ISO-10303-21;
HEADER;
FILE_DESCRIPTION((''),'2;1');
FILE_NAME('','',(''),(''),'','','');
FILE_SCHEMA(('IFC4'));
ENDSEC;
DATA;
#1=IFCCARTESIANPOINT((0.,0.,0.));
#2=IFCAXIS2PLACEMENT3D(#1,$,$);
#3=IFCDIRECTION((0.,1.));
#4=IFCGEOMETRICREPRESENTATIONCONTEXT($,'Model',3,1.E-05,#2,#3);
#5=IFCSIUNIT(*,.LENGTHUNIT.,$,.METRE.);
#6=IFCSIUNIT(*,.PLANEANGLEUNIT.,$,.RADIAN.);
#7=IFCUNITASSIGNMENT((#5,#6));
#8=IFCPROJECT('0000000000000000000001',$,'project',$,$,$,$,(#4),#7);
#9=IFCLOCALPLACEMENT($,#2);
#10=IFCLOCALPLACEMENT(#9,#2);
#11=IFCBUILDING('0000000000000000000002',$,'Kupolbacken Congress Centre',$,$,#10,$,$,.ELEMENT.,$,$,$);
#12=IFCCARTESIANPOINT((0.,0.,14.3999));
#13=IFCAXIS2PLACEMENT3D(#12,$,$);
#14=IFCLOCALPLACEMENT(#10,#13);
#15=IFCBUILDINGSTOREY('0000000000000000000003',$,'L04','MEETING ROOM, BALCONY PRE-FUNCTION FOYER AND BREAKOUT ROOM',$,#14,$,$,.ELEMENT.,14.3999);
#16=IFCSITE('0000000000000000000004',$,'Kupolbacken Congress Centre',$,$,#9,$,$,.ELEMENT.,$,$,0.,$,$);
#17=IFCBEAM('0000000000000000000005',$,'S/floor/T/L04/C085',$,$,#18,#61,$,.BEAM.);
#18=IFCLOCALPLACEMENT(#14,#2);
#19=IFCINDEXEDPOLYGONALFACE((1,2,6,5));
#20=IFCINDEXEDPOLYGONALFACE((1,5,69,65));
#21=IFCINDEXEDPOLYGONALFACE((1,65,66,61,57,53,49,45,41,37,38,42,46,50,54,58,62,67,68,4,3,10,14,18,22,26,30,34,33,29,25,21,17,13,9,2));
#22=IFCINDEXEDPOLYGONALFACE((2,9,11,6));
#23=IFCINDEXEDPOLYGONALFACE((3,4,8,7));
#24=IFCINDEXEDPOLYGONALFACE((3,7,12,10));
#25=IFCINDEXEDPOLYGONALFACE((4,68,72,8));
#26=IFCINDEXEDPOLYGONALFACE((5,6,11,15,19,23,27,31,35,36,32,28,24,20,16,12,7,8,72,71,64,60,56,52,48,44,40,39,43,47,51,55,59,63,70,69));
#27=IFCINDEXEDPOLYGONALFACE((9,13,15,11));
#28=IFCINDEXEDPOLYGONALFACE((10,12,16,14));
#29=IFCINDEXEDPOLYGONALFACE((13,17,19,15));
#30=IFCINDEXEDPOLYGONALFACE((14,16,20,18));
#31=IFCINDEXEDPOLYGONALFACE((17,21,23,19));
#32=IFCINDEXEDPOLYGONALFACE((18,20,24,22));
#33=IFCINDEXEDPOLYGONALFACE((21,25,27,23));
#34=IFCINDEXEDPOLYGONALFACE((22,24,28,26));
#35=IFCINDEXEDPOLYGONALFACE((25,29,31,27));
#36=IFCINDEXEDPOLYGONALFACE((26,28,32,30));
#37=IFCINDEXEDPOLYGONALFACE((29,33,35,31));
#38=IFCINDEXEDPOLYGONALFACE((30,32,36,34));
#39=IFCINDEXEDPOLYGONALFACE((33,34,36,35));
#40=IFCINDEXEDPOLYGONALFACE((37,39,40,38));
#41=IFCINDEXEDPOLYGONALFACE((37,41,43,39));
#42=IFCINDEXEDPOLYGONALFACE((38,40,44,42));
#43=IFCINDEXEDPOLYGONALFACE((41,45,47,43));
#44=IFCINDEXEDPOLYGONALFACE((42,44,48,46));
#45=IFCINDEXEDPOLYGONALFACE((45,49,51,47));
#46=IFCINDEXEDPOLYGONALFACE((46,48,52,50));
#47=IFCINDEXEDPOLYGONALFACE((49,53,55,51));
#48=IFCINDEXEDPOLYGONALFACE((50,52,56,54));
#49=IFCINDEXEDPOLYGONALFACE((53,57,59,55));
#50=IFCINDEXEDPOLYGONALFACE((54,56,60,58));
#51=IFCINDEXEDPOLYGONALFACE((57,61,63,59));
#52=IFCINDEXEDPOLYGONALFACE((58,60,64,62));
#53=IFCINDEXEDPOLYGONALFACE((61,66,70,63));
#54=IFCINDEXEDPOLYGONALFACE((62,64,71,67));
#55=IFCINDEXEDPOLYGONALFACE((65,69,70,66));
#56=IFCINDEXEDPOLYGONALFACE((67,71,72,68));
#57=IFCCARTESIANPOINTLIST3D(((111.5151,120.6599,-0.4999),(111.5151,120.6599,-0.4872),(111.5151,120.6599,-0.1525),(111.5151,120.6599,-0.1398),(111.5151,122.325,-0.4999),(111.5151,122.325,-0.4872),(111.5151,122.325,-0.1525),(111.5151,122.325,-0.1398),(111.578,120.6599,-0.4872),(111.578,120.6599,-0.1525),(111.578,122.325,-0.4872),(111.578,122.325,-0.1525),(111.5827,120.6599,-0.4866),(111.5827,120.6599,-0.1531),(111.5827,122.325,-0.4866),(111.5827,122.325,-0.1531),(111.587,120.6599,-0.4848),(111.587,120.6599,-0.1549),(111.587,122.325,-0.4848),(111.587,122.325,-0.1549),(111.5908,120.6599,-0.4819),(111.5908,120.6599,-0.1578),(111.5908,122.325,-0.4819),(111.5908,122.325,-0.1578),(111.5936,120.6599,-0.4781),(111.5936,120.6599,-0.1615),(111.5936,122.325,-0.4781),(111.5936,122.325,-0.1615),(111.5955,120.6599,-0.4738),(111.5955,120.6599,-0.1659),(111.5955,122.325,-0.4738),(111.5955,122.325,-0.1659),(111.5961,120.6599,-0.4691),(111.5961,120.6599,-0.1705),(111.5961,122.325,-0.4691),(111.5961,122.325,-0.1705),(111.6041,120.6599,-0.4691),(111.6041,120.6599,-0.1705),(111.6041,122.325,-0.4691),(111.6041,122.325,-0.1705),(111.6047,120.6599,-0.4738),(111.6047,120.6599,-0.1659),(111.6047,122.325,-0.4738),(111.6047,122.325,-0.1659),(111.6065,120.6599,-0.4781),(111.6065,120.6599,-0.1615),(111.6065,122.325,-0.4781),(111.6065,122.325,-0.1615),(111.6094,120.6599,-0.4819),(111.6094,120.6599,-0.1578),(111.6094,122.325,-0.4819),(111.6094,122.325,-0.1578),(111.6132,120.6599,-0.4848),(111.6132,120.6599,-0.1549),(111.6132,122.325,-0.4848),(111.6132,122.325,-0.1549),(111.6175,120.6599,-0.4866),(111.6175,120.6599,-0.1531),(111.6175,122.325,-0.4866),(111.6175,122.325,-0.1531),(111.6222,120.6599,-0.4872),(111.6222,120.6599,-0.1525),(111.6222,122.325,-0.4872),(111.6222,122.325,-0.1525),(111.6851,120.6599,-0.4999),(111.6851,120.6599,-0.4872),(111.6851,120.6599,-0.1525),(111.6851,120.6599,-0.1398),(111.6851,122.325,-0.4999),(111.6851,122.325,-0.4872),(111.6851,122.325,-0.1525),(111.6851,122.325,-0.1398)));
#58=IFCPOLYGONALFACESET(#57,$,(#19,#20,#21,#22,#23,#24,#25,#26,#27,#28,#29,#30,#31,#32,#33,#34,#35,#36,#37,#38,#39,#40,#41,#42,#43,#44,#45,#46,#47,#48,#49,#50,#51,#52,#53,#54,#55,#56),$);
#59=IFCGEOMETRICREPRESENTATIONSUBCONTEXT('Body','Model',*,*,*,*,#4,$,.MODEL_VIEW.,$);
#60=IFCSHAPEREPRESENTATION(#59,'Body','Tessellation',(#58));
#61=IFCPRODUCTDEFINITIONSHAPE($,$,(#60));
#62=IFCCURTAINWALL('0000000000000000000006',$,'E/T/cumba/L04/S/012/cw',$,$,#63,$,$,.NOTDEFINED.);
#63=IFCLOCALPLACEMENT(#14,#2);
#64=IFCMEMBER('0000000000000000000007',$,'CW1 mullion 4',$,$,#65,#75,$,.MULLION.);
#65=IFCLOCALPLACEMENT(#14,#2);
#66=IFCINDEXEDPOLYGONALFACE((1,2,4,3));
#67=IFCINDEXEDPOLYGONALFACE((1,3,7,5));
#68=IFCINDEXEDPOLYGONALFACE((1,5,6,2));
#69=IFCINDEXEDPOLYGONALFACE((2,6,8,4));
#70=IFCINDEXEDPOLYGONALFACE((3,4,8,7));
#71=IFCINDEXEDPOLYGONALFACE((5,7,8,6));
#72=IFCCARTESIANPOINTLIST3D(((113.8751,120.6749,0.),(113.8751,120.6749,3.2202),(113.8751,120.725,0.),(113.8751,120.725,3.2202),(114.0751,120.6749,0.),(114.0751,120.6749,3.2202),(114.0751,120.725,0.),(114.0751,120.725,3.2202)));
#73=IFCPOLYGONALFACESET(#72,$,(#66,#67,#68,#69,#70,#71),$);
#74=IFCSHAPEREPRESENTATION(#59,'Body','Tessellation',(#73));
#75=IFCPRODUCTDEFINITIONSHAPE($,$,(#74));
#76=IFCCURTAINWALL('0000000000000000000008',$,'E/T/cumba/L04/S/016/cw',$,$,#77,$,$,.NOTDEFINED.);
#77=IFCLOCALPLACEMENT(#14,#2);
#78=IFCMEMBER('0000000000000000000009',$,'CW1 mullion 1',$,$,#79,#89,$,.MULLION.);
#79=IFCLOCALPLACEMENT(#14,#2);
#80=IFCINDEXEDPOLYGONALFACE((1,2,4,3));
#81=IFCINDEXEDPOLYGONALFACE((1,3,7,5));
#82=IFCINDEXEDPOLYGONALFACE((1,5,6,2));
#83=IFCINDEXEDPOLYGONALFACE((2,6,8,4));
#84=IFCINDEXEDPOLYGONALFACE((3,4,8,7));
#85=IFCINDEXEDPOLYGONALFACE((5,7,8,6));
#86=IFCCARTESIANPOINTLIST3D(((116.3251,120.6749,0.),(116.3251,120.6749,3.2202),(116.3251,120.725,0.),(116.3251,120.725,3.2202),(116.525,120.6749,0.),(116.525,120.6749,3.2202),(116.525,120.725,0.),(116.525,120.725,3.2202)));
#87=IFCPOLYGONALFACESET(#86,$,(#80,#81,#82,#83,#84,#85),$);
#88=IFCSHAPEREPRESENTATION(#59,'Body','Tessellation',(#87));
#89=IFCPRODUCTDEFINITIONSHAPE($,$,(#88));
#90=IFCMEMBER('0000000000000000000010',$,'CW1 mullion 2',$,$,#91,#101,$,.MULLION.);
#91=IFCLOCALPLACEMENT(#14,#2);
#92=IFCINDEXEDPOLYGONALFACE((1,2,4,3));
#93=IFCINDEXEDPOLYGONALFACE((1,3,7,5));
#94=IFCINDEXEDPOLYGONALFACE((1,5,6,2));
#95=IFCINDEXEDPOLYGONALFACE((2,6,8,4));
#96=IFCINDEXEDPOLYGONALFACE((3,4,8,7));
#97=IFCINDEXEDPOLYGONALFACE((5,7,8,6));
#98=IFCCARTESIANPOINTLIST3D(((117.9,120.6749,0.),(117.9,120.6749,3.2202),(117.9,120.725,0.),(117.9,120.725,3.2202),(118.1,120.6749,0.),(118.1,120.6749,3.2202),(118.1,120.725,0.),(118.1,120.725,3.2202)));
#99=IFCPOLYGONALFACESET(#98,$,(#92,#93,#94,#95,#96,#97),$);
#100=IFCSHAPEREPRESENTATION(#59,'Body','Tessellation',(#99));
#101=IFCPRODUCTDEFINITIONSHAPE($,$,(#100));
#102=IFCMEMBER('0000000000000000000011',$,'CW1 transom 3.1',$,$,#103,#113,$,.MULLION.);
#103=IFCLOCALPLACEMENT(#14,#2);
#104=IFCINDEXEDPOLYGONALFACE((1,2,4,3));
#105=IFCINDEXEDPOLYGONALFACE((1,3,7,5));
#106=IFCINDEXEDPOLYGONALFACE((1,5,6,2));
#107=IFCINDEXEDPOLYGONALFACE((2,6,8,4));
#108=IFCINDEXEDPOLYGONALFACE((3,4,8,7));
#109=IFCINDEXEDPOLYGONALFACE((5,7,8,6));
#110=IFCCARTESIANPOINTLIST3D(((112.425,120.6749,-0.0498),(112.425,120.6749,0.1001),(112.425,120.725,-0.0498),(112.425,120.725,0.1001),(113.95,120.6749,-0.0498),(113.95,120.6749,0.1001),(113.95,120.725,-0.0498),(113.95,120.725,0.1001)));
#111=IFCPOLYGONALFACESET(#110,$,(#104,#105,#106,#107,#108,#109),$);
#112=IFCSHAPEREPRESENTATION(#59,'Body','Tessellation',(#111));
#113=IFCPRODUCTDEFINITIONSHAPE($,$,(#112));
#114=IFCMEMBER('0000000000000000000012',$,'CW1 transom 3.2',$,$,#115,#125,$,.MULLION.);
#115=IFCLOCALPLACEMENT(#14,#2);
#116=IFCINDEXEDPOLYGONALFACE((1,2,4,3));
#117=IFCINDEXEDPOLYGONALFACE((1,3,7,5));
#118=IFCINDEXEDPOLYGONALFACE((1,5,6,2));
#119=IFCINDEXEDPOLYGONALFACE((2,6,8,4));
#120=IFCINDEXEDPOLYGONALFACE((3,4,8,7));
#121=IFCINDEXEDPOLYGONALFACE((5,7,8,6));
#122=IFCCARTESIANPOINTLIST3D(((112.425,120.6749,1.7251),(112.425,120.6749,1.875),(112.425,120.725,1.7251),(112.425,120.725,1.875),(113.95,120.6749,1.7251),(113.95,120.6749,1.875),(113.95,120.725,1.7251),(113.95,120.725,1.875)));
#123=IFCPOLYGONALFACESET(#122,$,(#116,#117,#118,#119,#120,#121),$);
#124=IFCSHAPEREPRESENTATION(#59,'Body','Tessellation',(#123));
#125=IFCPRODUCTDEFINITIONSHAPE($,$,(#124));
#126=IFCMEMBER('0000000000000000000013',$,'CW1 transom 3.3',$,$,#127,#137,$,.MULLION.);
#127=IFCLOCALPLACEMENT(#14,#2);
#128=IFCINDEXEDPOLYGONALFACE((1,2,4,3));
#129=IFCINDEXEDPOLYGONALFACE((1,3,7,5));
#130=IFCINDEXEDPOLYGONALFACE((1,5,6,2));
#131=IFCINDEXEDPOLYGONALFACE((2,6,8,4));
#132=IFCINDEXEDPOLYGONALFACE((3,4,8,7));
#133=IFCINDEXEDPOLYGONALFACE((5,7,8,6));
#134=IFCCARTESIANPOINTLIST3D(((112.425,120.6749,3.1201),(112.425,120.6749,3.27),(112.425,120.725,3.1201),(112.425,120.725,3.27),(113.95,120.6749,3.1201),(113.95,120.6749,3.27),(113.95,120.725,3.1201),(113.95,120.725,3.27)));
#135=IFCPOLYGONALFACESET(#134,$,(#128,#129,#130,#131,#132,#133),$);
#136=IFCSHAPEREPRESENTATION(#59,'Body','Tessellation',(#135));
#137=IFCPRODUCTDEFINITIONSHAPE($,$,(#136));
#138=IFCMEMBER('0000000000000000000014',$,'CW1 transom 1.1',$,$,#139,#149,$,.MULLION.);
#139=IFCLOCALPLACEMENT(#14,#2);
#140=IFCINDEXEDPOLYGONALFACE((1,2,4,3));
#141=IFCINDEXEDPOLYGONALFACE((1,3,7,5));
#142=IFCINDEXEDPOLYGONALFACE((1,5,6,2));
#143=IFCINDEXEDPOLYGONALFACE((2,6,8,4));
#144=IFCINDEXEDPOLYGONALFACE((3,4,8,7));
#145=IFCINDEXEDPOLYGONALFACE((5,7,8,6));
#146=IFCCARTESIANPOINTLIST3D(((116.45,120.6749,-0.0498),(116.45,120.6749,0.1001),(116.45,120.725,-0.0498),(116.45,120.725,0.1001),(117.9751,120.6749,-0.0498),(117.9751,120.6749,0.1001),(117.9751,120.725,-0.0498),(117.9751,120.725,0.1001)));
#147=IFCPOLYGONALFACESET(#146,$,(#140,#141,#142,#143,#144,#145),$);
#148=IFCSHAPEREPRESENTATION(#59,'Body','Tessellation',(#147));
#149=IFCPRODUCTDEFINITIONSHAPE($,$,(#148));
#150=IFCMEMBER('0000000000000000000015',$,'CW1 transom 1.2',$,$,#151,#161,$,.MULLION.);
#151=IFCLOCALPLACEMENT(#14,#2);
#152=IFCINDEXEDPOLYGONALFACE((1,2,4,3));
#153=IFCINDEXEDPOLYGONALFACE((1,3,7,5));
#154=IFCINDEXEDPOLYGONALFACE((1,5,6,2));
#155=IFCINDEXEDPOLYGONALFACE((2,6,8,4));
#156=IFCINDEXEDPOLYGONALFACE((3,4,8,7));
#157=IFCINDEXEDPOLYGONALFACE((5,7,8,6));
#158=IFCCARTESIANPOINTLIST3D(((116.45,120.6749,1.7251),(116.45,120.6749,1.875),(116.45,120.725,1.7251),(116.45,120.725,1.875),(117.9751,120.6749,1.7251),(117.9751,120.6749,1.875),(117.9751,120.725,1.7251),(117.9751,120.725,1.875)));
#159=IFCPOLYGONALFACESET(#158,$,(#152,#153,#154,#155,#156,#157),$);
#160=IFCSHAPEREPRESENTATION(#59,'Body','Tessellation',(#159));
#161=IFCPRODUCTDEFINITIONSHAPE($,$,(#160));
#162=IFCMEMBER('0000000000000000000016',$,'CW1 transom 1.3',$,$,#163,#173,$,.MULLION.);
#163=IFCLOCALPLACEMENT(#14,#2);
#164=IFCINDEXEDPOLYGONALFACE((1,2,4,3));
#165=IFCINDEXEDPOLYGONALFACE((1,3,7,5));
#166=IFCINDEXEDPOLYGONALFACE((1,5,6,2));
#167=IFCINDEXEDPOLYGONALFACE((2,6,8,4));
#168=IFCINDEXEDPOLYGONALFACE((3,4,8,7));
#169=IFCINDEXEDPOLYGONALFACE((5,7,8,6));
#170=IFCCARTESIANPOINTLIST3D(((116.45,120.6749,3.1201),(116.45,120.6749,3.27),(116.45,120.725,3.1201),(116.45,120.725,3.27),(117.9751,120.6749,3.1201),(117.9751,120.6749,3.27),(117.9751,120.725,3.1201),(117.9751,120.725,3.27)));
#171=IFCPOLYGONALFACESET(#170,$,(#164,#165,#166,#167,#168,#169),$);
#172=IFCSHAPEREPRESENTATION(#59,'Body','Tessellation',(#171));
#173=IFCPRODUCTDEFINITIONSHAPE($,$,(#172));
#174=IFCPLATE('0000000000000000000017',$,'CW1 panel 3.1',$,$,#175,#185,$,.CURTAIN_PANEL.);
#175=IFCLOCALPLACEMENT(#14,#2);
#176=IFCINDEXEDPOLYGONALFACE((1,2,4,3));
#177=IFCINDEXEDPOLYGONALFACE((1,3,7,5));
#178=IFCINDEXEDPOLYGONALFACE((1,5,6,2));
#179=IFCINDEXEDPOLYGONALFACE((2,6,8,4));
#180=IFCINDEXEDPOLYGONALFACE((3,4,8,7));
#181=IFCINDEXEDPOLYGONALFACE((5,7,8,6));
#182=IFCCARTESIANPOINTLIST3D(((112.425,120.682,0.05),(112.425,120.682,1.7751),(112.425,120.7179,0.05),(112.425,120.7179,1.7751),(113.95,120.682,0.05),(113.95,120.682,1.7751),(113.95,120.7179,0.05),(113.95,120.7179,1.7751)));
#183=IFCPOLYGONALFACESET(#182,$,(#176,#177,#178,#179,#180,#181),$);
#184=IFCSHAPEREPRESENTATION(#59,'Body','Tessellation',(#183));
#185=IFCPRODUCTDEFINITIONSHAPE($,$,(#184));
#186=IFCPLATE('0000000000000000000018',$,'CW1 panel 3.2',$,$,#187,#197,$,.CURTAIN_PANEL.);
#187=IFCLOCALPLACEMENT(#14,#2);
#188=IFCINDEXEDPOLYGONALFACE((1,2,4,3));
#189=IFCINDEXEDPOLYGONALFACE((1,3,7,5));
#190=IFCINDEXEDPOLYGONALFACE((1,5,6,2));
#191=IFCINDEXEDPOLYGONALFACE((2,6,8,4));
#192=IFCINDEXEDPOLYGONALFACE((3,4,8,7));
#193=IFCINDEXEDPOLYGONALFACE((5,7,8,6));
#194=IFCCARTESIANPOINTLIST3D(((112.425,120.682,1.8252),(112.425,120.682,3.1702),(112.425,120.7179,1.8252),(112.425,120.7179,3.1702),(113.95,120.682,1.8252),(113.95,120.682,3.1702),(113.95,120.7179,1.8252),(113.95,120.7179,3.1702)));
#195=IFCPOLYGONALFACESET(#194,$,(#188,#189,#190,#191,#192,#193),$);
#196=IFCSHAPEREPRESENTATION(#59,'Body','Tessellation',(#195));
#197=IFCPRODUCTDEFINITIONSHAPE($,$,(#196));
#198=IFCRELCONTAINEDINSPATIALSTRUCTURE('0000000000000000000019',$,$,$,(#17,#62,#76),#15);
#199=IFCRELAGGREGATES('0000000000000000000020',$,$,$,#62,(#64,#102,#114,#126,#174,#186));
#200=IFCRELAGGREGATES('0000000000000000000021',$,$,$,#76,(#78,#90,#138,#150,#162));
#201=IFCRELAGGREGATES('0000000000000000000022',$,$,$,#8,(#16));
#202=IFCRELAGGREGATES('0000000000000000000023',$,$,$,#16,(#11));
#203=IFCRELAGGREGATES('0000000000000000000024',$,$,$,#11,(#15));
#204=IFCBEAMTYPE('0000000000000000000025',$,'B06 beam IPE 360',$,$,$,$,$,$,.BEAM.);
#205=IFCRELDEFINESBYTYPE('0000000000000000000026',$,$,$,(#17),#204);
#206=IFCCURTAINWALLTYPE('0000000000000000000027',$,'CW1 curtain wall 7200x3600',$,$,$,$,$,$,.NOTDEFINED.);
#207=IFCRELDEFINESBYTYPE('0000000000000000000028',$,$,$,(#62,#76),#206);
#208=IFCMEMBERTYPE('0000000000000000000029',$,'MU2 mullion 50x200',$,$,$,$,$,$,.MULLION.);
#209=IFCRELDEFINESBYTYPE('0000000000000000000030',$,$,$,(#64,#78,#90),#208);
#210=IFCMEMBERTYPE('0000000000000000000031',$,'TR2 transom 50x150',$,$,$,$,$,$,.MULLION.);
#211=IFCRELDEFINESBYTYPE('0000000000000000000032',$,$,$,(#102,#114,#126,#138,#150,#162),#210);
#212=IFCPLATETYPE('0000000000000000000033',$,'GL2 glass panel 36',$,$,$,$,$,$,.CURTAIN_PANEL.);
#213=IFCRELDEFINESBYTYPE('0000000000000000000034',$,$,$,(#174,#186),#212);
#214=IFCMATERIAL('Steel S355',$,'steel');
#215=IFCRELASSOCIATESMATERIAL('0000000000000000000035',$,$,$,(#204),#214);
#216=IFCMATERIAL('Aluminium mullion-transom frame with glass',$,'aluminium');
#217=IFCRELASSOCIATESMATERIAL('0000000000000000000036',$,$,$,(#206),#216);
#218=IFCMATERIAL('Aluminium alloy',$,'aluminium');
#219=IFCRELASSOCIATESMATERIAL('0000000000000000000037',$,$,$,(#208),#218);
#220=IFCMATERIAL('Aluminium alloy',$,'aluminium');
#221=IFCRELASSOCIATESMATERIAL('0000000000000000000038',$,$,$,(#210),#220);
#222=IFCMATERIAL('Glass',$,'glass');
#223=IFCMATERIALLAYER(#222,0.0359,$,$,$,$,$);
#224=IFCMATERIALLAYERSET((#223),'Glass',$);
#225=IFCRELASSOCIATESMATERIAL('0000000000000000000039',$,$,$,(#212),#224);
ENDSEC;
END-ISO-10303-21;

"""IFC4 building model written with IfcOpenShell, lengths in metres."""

from ifc_helpers import new_model, si_unit, direction, frame, origin, origin_2d, place, context, subcontext, project, spatial, rectangle, i_section, extrude, material, layer, layer_set, material_profile, profile_set, type_object, element, aggregate, save


model = new_model("IFC4")

# Units and contexts
model_context = context("Model", 3, precision=1e-05, world=origin(), true_north=direction((0.0, 1.0)))
body_context = subcontext(model_context, "Body", "Model", "MODEL_VIEW")
ifc_project = project(units=[si_unit("LENGTHUNIT", "METRE"), si_unit("PLANEANGLEUNIT", "RADIAN")], contexts=[model_context])

# Site, building, storey
site_placement = place(None, origin())
site = spatial("IfcSite", under=ifc_project, at=site_placement, Name="Kupolbacken Congress Centre", CompositionType="ELEMENT", RefElevation=0.0)
building_placement = place(site_placement, origin())
building = spatial("IfcBuilding", under=site, at=building_placement, Name="Kupolbacken Congress Centre", CompositionType="ELEMENT")
storey_placement = place(building_placement, frame((0.0, 0.0, 14.3999)))
storey = spatial("IfcBuildingStorey", under=building, at=storey_placement, Name="L04", Description="MEETING ROOM, BALCONY PRE-FUNCTION FOYER AND BREAKOUT ROOM", CompositionType="ELEMENT", Elevation=14.3999)

# Beam
ifc_material_1 = material(Name="Steel S355", Category="steel")
ifc_material_profile_1 = material_profile(ifc_material_1, i_section(OverallWidth=0.1699, OverallDepth=0.3601, WebThickness=0.0081, FlangeThickness=0.0127, FilletRadius=0.0181, at=origin_2d()), Name="IPE 360")
ifc_profile_set_1 = profile_set([ifc_material_profile_1], Name="Steel S355")
beam_type = type_object("IfcBeamType", Name="B06 beam IPE 360", PredefinedType="BEAM", material=ifc_profile_set_1)
beam_placement = place(storey_placement, frame((111.6001, 122.325, -0.3198), z_axis=(0.0, -1.0, 0.0), x_axis=(1.0, 0.0, 0.0)))
element("IfcBeam", 1, at=beam_placement, inside=storey, type_object=beam_type, Name="S/floor/T/L04/C085", PredefinedType="BEAM", context=body_context, shape_type="SweptSolid", body=[
    extrude(i_section(OverallWidth=0.1699, OverallDepth=0.3601, WebThickness=0.0081, FlangeThickness=0.0127, FilletRadius=0.0181, at=origin_2d()), origin(), (0.0, 0.0, 1.0), 1.665),
])

# Curtain wall, member
ifc_material_2 = material(Name="Aluminium mullion-transom frame with glass", Category="aluminium")
curtain_wall_type = type_object("IfcCurtainWallType", Name="CW1 curtain wall 7200x3600", PredefinedType="NOTDEFINED", material=ifc_material_2)
curtain_wall_1_placement = place(storey_placement, origin())
curtain_wall_1 = element("IfcCurtainWall", 2, at=curtain_wall_1_placement, inside=storey, type_object=curtain_wall_type, Name="E/T/cumba/L04/S/012/cw", PredefinedType="NOTDEFINED")
ifc_material_3 = material(Name="Aluminium alloy", Category="aluminium")
ifc_material_profile_2 = material_profile(ifc_material_3, rectangle(XDim=0.05, YDim=0.2, at=origin_2d()), Name="50 x 200")
ifc_profile_set_2 = profile_set([ifc_material_profile_2], Name="Aluminium alloy")
member_type_1 = type_object("IfcMemberType", Name="MU2 mullion 50x200", PredefinedType="MULLION", material=ifc_profile_set_2)
member_1_placement = place(storey_placement, frame((113.9751, 120.7, 0.0), z_axis=(0.0, 0.0, 1.0), x_axis=(0.0, 1.0, 0.0)))
member_1 = element("IfcMember", 3, at=member_1_placement, type_object=member_type_1, Name="CW1 mullion 4", PredefinedType="MULLION", context=body_context, shape_type="SweptSolid", body=[
    extrude(rectangle(XDim=0.05, YDim=0.2, at=origin_2d()), origin(), (0.0, 0.0, 1.0), 3.2202),
])

# Curtain wall, members
curtain_wall_2_placement = place(storey_placement, origin())
curtain_wall_2 = element("IfcCurtainWall", 4, at=curtain_wall_2_placement, inside=storey, type_object=curtain_wall_type, Name="E/T/cumba/L04/S/016/cw", PredefinedType="NOTDEFINED")
member_2_placement = place(storey_placement, frame((116.425, 120.7, 0.0), z_axis=(0.0, 0.0, 1.0), x_axis=(0.0, 1.0, 0.0)))
member_2 = element("IfcMember", 5, at=member_2_placement, type_object=member_type_1, Name="CW1 mullion 1", PredefinedType="MULLION", context=body_context, shape_type="SweptSolid", body=[
    extrude(rectangle(XDim=0.05, YDim=0.2, at=origin_2d()), origin(), (0.0, 0.0, 1.0), 3.2202),
])
member_3_placement = place(storey_placement, frame((118.0, 120.7, 0.0), z_axis=(0.0, 0.0, 1.0), x_axis=(0.0, 1.0, 0.0)))
member_3 = element("IfcMember", 6, at=member_3_placement, type_object=member_type_1, Name="CW1 mullion 2", PredefinedType="MULLION", context=body_context, shape_type="SweptSolid", body=[
    extrude(rectangle(XDim=0.05, YDim=0.2, at=origin_2d()), origin(), (0.0, 0.0, 1.0), 3.2202),
])

# Members
ifc_material_4 = material(Name="Aluminium alloy", Category="aluminium")
ifc_material_profile_3 = material_profile(ifc_material_4, rectangle(XDim=0.05, YDim=0.1499, at=origin_2d()), Name="50 x 150")
ifc_profile_set_3 = profile_set([ifc_material_profile_3], Name="Aluminium alloy")
member_type_2 = type_object("IfcMemberType", Name="TR2 transom 50x150", PredefinedType="MULLION", material=ifc_profile_set_3)
member_4_placement = place(storey_placement, frame((112.425, 120.7, 0.0251), z_axis=(1.0, 0.0, 0.0), x_axis=(0.0, 1.0, 0.0)))
member_4 = element("IfcMember", 7, at=member_4_placement, type_object=member_type_2, Name="CW1 transom 3.1", PredefinedType="MULLION", context=body_context, shape_type="SweptSolid", body=[
    extrude(rectangle(XDim=0.05, YDim=0.1499, at=origin_2d()), origin(), (0.0, 0.0, 1.0), 1.5249),
])
member_5_placement = place(storey_placement, frame((112.425, 120.7, 1.8), z_axis=(1.0, 0.0, 0.0), x_axis=(0.0, 1.0, 0.0)))
member_5 = element("IfcMember", 8, at=member_5_placement, type_object=member_type_2, Name="CW1 transom 3.2", PredefinedType="MULLION", context=body_context, shape_type="SweptSolid", body=[
    extrude(rectangle(XDim=0.05, YDim=0.1499, at=origin_2d()), origin(), (0.0, 0.0, 1.0), 1.5249),
])
member_6_placement = place(storey_placement, frame((112.425, 120.7, 3.1951), z_axis=(1.0, 0.0, 0.0), x_axis=(0.0, 1.0, 0.0)))
member_6 = element("IfcMember", 9, at=member_6_placement, type_object=member_type_2, Name="CW1 transom 3.3", PredefinedType="MULLION", context=body_context, shape_type="SweptSolid", body=[
    extrude(rectangle(XDim=0.05, YDim=0.1499, at=origin_2d()), origin(), (0.0, 0.0, 1.0), 1.5249),
])
member_7_placement = place(storey_placement, frame((116.45, 120.7, 0.0251), z_axis=(1.0, 0.0, 0.0), x_axis=(0.0, 1.0, 0.0)))
member_7 = element("IfcMember", 10, at=member_7_placement, type_object=member_type_2, Name="CW1 transom 1.1", PredefinedType="MULLION", context=body_context, shape_type="SweptSolid", body=[
    extrude(rectangle(XDim=0.05, YDim=0.1499, at=origin_2d()), origin(), (0.0, 0.0, 1.0), 1.5251),
])
member_8_placement = place(storey_placement, frame((116.45, 120.7, 1.8), z_axis=(1.0, 0.0, 0.0), x_axis=(0.0, 1.0, 0.0)))
member_8 = element("IfcMember", 11, at=member_8_placement, type_object=member_type_2, Name="CW1 transom 1.2", PredefinedType="MULLION", context=body_context, shape_type="SweptSolid", body=[
    extrude(rectangle(XDim=0.05, YDim=0.1499, at=origin_2d()), origin(), (0.0, 0.0, 1.0), 1.5251),
])
member_9_placement = place(storey_placement, frame((116.45, 120.7, 3.1951), z_axis=(1.0, 0.0, 0.0), x_axis=(0.0, 1.0, 0.0)))
member_9 = element("IfcMember", 12, at=member_9_placement, type_object=member_type_2, Name="CW1 transom 1.3", PredefinedType="MULLION", context=body_context, shape_type="SweptSolid", body=[
    extrude(rectangle(XDim=0.05, YDim=0.1499, at=origin_2d()), origin(), (0.0, 0.0, 1.0), 1.5251),
])

# Plates
ifc_material_5 = material(Name="Glass", Category="glass")
ifc_layer_1 = layer(ifc_material_5, 0.0359)
ifc_layer_set_1 = layer_set([ifc_layer_1], Name="Glass")
plate_type = type_object("IfcPlateType", Name="GL2 glass panel 36", PredefinedType="CURTAIN_PANEL", material=ifc_layer_set_1)
plate_1_placement = place(storey_placement, frame((113.1875, 120.7, 0.05), z_axis=(0.0, 0.0, 1.0), x_axis=(1.0, 0.0, 0.0)))
plate_1 = element("IfcPlate", 13, at=plate_1_placement, type_object=plate_type, Name="CW1 panel 3.1", PredefinedType="CURTAIN_PANEL", context=body_context, shape_type="SweptSolid", body=[
    extrude(rectangle(XDim=1.5249, YDim=0.0359, at=origin_2d()), origin(), (0.0, 0.0, 1.0), 1.7251),
])
plate_2_placement = place(storey_placement, frame((113.1875, 120.7, 1.8252), z_axis=(0.0, 0.0, 1.0), x_axis=(1.0, 0.0, 0.0)))
plate_2 = element("IfcPlate", 14, at=plate_2_placement, type_object=plate_type, Name="CW1 panel 3.2", PredefinedType="CURTAIN_PANEL", context=body_context, shape_type="SweptSolid", body=[
    extrude(rectangle(XDim=1.5249, YDim=0.0359, at=origin_2d()), origin(), (0.0, 0.0, 1.0), 1.345),
])
aggregate(curtain_wall_1, [member_1, member_4, member_5, member_6, plate_1, plate_2])
aggregate(curtain_wall_2, [member_2, member_3, member_7, member_8, member_9])

save(model, "model.ifc")
